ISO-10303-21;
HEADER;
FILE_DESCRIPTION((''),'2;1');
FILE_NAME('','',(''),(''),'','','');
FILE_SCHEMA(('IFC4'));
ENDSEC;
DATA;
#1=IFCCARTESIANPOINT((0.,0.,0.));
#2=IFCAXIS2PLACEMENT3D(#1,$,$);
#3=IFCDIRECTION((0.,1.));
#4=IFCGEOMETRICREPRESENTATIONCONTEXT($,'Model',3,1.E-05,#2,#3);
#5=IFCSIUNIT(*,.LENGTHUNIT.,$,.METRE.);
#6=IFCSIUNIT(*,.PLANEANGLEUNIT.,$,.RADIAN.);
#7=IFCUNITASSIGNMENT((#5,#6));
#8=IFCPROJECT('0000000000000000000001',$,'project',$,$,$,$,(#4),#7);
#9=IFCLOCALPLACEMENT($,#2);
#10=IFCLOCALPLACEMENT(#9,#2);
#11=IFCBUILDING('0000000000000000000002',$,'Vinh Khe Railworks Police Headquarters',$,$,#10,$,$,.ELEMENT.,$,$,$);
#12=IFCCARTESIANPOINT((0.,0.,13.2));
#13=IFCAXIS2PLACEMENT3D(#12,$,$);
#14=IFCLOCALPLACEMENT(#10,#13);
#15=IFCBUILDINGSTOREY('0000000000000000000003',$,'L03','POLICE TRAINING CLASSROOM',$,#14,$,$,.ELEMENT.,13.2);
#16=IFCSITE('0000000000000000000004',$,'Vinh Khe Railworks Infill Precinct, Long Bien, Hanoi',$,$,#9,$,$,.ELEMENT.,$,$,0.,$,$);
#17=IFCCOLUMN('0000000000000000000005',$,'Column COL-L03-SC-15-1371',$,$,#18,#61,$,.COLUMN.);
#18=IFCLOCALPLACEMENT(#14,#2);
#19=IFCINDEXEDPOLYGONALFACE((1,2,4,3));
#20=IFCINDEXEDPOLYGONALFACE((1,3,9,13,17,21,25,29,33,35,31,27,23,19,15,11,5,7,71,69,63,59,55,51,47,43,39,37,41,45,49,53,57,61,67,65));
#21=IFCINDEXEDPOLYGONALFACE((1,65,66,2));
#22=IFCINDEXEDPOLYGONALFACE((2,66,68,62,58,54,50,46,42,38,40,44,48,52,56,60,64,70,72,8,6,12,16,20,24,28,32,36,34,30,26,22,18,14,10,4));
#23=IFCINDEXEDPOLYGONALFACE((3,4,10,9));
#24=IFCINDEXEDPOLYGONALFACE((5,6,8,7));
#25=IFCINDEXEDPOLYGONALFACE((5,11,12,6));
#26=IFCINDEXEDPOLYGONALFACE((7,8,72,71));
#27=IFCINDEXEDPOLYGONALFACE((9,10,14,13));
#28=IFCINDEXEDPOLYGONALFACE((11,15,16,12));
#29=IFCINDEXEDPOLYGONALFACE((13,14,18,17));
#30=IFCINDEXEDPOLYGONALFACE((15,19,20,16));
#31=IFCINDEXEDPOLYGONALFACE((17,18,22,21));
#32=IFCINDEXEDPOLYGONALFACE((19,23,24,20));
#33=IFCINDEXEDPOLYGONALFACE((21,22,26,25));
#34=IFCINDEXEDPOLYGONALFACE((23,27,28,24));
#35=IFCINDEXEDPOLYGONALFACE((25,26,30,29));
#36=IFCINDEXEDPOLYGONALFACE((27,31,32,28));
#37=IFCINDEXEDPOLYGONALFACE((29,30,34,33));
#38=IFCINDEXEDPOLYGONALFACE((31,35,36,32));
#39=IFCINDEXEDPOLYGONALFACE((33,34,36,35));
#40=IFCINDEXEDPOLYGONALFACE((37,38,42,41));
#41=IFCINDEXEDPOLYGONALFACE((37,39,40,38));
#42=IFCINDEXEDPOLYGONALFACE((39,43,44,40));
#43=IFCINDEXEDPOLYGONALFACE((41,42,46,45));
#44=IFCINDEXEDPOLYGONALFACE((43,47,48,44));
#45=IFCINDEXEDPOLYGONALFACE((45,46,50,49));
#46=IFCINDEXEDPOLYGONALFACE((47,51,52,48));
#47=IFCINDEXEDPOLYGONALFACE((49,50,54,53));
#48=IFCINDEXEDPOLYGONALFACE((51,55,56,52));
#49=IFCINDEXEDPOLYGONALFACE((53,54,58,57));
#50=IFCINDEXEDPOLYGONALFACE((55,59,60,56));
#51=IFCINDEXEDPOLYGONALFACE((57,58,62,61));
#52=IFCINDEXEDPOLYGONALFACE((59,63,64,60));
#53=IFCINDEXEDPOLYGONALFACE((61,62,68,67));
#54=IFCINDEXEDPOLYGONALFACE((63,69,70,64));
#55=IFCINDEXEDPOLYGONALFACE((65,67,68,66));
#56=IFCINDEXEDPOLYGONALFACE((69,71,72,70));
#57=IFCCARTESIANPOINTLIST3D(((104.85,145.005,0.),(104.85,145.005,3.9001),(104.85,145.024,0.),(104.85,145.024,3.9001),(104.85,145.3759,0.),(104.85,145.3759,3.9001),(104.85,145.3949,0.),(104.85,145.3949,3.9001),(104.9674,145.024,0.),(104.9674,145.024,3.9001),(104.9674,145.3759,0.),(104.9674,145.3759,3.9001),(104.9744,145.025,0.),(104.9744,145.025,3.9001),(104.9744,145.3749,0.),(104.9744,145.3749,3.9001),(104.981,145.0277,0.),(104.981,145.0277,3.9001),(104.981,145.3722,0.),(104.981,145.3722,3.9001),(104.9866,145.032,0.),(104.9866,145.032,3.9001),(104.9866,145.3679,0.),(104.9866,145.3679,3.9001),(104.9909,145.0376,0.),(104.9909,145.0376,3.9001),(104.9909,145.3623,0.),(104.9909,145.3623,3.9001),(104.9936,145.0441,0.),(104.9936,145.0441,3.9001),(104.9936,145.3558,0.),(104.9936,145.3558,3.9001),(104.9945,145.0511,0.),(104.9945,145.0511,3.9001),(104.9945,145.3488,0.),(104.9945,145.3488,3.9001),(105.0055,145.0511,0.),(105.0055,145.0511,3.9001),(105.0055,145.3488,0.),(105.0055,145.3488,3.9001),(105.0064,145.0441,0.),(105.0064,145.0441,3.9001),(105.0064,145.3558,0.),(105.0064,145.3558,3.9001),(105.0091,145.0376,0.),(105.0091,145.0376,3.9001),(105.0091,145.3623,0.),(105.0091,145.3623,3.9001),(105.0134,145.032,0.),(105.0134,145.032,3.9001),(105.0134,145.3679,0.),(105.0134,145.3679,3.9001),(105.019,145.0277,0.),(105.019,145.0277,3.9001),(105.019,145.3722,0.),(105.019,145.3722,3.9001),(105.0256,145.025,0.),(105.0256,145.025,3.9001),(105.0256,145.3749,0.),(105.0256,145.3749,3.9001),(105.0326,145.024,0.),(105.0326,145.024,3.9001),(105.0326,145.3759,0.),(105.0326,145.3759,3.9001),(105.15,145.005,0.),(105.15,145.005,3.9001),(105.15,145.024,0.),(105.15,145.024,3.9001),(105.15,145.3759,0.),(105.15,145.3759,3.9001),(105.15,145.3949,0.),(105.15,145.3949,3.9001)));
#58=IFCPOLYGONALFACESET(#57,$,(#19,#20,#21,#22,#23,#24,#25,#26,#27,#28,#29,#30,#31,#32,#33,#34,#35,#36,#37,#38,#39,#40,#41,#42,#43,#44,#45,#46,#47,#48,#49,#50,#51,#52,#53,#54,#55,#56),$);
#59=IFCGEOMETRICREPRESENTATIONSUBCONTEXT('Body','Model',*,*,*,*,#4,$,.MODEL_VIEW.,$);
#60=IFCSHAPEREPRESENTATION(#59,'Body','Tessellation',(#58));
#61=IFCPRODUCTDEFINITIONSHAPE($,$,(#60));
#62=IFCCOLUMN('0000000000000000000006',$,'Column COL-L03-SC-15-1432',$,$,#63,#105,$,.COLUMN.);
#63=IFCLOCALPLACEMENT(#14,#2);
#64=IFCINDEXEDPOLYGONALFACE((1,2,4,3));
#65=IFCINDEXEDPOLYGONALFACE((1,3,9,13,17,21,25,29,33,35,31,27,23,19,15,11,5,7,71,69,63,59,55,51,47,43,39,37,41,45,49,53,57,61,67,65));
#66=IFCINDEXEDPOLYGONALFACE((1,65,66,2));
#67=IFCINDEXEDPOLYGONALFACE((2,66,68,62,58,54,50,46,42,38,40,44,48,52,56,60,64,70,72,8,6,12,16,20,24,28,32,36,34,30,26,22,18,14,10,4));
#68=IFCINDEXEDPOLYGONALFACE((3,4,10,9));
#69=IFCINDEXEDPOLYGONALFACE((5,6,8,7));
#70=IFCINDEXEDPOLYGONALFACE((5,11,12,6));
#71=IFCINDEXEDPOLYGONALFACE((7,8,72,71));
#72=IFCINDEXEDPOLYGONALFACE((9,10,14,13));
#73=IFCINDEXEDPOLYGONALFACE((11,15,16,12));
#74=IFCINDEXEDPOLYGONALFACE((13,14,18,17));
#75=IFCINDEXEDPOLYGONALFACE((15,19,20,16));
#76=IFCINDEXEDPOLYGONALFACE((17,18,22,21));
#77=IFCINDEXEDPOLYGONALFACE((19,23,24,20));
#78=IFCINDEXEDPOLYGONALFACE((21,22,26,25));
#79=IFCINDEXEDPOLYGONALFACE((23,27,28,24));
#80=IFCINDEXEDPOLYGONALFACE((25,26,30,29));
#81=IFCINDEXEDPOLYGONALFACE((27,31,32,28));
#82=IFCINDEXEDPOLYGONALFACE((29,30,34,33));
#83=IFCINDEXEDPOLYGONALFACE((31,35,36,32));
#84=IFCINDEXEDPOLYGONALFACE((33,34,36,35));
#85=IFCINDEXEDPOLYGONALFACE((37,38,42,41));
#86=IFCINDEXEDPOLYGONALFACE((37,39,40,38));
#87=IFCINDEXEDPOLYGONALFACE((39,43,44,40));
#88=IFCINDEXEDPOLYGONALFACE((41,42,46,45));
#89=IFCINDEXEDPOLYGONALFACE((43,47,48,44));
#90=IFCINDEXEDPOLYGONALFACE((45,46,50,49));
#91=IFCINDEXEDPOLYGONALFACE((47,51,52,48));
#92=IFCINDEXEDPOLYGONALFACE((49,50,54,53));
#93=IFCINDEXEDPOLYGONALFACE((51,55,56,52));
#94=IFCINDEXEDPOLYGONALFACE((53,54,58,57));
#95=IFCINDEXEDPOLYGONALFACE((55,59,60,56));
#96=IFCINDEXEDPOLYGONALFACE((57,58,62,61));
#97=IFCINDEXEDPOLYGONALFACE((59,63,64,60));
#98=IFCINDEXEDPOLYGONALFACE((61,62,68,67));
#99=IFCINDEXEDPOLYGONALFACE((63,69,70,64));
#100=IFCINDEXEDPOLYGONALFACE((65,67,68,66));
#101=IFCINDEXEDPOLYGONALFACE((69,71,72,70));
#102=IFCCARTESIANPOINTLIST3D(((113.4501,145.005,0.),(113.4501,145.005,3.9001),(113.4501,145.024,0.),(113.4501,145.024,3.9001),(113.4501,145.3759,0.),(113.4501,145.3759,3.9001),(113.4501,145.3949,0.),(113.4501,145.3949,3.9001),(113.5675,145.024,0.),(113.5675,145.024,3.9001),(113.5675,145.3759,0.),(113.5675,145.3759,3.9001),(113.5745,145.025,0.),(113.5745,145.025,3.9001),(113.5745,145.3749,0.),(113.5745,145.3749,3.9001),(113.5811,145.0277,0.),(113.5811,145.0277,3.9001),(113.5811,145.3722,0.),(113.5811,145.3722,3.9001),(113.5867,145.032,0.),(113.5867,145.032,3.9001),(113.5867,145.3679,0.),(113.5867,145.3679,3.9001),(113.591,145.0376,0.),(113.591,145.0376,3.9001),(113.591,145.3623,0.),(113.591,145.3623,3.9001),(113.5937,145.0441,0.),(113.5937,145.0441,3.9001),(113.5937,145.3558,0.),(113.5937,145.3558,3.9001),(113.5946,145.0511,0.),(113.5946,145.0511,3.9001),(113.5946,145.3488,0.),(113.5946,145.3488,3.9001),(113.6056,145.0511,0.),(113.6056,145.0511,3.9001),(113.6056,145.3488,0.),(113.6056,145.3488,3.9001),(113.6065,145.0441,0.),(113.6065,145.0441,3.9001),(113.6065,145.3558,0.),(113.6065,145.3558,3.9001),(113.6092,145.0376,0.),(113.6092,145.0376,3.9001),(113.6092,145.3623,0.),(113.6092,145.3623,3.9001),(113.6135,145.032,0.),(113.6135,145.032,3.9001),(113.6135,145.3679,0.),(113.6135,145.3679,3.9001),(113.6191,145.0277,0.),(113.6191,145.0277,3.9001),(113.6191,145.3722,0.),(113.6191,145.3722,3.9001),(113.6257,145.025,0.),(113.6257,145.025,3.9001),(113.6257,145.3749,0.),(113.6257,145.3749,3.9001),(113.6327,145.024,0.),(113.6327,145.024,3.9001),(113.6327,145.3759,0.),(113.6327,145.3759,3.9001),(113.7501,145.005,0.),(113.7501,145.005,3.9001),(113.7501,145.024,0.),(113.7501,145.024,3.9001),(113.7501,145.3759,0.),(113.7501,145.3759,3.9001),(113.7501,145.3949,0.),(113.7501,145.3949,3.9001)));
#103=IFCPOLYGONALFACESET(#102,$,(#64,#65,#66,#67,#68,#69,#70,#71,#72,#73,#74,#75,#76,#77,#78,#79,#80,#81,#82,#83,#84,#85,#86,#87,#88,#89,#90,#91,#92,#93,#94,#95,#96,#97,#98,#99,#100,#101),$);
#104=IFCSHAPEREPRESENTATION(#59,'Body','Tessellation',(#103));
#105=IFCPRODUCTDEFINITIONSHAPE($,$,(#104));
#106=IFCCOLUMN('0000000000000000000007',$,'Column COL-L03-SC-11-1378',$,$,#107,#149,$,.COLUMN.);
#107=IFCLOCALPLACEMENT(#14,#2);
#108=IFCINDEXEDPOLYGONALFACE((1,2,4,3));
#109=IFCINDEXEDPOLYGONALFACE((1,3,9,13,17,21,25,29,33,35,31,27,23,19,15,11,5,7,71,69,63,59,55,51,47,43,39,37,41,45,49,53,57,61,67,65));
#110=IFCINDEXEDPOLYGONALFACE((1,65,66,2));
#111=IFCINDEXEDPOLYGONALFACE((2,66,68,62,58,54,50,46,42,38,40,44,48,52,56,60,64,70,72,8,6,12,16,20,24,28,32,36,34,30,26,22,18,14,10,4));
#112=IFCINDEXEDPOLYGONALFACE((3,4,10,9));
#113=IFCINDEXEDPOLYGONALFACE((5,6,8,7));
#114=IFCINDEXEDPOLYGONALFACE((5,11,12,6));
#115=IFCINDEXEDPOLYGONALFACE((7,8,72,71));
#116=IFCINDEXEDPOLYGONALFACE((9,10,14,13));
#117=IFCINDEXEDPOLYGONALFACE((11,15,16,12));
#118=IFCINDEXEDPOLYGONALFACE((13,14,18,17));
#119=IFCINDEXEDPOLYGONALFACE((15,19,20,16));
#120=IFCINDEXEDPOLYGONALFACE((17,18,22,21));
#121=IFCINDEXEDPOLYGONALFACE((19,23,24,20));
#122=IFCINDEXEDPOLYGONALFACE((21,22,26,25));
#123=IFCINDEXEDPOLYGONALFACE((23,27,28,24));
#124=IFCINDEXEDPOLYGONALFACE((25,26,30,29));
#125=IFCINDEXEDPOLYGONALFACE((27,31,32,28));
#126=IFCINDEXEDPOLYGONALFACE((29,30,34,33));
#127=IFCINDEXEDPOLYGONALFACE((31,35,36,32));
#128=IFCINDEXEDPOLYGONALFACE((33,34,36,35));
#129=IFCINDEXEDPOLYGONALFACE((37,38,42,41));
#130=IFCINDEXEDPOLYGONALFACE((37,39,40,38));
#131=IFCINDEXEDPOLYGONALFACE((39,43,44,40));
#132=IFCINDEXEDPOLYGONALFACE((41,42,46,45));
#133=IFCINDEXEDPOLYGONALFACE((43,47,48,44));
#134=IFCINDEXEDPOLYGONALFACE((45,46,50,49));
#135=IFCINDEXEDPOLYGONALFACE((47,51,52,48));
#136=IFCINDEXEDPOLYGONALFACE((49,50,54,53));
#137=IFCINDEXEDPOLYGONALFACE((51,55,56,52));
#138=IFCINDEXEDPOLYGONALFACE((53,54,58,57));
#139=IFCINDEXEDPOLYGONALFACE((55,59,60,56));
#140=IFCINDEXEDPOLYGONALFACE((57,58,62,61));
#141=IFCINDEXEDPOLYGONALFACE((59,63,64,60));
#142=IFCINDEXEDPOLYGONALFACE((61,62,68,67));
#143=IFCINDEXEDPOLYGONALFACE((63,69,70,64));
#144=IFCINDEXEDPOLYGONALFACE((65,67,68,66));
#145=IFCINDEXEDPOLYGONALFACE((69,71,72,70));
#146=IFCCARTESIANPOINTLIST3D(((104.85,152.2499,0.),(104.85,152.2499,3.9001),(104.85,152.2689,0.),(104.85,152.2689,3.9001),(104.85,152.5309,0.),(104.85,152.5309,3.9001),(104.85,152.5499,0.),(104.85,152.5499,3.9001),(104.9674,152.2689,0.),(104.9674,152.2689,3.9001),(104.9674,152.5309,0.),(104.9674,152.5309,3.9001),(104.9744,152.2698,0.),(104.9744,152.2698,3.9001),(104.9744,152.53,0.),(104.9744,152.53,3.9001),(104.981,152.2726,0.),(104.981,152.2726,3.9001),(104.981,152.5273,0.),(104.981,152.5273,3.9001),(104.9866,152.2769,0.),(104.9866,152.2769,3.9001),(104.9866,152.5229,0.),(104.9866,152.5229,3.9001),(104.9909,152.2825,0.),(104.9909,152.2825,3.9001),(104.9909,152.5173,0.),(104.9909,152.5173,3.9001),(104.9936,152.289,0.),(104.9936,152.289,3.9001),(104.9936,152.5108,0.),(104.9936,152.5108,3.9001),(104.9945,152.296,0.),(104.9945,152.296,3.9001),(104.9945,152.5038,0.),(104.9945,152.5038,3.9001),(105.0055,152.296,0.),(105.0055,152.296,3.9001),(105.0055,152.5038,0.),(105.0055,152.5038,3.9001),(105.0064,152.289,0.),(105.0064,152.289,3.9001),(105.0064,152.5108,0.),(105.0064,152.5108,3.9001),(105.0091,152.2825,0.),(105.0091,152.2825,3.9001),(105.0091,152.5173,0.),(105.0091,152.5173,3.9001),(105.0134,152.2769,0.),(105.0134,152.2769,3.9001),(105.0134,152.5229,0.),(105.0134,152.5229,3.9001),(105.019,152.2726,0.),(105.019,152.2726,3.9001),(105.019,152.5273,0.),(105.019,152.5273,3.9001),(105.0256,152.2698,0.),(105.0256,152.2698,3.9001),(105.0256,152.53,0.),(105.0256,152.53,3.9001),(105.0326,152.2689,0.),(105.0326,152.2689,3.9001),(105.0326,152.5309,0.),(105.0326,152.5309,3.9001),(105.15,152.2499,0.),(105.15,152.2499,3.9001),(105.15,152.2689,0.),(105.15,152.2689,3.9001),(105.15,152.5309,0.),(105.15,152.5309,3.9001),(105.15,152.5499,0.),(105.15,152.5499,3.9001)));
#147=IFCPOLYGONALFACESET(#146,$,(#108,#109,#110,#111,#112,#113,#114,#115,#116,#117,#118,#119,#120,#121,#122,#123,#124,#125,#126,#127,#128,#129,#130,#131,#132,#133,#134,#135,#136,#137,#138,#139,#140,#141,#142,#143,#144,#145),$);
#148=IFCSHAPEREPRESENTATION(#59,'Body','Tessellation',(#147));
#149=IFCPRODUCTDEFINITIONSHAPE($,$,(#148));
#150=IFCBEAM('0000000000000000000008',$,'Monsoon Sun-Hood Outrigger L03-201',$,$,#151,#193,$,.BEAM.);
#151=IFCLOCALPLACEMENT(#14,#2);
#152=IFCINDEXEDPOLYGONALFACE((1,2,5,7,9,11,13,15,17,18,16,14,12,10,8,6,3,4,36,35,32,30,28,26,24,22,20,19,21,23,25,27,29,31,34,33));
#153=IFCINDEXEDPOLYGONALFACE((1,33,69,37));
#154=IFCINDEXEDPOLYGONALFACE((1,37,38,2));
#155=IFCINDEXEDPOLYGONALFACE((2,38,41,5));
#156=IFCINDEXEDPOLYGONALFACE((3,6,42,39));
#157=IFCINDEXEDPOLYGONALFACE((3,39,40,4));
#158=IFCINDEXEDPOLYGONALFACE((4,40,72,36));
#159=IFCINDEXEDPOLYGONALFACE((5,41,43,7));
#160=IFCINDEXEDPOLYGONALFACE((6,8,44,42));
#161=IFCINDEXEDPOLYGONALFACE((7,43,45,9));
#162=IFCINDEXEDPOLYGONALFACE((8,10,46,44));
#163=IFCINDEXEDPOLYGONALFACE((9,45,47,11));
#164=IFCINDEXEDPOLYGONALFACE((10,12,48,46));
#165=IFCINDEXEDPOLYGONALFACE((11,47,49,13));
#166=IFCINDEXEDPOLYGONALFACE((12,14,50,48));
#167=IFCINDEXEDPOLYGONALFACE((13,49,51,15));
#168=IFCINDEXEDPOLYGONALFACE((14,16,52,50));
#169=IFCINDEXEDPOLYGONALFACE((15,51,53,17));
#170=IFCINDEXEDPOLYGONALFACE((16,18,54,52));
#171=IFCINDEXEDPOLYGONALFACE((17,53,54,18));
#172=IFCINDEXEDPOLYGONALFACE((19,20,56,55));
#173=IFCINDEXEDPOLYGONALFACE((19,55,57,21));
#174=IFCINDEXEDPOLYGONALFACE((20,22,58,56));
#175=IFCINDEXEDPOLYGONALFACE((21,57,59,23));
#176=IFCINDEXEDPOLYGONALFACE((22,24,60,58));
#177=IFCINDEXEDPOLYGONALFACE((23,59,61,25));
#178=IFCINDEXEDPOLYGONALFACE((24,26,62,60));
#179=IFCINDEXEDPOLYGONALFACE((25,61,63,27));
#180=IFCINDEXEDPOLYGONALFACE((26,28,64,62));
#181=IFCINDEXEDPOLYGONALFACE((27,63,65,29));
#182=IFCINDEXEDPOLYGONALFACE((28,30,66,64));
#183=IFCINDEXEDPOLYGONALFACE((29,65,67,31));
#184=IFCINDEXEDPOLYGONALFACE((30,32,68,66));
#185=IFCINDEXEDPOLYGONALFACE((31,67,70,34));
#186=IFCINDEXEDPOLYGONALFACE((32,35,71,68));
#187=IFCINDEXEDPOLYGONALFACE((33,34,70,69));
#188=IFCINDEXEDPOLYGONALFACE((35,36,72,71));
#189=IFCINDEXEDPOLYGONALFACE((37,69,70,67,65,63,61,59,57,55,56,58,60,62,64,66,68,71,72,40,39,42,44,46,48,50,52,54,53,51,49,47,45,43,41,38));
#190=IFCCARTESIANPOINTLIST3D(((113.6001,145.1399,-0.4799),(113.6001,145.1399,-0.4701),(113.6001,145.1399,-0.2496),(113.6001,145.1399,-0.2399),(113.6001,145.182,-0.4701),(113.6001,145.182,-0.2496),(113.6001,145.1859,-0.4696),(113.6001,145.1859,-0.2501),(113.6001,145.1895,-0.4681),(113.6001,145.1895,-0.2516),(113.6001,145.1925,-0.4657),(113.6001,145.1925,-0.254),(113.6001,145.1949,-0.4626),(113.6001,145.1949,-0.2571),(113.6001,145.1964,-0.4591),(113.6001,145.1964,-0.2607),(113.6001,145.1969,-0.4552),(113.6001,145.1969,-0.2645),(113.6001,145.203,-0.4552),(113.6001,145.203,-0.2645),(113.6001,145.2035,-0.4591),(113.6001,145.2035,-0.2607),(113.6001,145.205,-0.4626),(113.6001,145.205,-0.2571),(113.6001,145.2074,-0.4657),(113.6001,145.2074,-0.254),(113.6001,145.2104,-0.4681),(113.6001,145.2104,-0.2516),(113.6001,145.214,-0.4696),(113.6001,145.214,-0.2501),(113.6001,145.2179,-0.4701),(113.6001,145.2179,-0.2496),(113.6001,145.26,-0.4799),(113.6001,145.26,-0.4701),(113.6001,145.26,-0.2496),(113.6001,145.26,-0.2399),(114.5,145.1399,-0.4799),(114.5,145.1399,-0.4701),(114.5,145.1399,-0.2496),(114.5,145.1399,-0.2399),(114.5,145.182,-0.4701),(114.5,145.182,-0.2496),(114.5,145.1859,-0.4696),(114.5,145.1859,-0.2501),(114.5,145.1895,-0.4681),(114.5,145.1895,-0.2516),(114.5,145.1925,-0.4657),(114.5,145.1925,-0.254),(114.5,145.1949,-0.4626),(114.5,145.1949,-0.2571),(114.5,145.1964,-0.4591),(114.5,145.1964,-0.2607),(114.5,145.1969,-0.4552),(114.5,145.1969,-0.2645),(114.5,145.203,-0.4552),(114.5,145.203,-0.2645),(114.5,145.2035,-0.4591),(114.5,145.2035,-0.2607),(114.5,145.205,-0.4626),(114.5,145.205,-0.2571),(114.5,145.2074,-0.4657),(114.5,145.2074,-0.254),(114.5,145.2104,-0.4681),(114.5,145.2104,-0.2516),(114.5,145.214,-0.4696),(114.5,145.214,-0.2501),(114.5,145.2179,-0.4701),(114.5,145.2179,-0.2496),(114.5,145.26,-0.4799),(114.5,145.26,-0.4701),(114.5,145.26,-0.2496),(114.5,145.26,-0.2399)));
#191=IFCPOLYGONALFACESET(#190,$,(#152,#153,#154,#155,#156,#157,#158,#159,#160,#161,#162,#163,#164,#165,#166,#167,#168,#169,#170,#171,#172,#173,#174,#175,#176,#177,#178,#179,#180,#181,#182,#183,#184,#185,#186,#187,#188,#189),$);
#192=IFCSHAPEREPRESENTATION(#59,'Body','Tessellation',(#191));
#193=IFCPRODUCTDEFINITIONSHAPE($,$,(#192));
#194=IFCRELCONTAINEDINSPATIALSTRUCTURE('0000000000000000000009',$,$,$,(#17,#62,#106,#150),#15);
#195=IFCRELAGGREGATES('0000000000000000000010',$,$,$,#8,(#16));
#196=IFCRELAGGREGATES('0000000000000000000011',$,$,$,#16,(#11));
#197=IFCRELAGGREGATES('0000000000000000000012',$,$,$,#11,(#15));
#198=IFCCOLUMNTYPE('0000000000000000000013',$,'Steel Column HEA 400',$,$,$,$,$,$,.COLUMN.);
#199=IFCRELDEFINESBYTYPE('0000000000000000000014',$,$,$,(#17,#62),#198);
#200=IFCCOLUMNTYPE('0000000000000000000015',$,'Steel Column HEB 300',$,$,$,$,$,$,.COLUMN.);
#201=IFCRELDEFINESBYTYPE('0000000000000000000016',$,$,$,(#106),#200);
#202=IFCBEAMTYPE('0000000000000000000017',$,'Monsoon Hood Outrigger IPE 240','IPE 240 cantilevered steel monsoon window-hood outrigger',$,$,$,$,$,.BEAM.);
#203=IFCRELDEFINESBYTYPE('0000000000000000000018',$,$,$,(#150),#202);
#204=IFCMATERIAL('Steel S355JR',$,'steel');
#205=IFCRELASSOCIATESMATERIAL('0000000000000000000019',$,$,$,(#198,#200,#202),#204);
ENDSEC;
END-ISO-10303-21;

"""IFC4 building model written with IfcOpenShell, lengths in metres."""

from ifc_helpers import new_model, si_unit, direction, frame, origin, origin_2d, place, context, subcontext, project, spatial, i_section, extrude, material, material_profile, profile_set, type_object, element, save


model = new_model("IFC4")

# Units and contexts
model_context = context("Model", 3, precision=1e-05, world=origin(), true_north=direction((0.0, 1.0)))
body_context = subcontext(model_context, "Body", "Model", "MODEL_VIEW")
ifc_project = project(units=[si_unit("LENGTHUNIT", "METRE"), si_unit("PLANEANGLEUNIT", "RADIAN")], contexts=[model_context])

# Site, building, storey
site_placement = place(None, origin())
site = spatial("IfcSite", under=ifc_project, at=site_placement, Name="Vinh Khe Railworks Infill Precinct, Long Bien, Hanoi", CompositionType="ELEMENT", RefElevation=0.0)
building_placement = place(site_placement, origin())
building = spatial("IfcBuilding", under=site, at=building_placement, Name="Vinh Khe Railworks Police Headquarters", CompositionType="ELEMENT")
storey_placement = place(building_placement, frame((0.0, 0.0, 13.2)))
storey = spatial("IfcBuildingStorey", under=building, at=storey_placement, Name="L03", Description="POLICE TRAINING CLASSROOM", CompositionType="ELEMENT", Elevation=13.2)

# Columns
ifc_material_1 = material(Name="Steel S355JR", Category="steel")
ifc_material_profile_1 = material_profile(ifc_material_1, i_section(OverallWidth=0.3, OverallDepth=0.3899, WebThickness=0.011, FlangeThickness=0.019, FilletRadius=0.0271, at=origin_2d()), Name="HEA 400")
ifc_profile_set_1 = profile_set([ifc_material_profile_1], Name="Steel S355JR")
column_type_1 = type_object("IfcColumnType", Name="Steel Column HEA 400", PredefinedType="COLUMN", material=ifc_profile_set_1)
for number, where, z_axis, x_axis, name in (
    (1, (105.0, 145.2, 0.0), (0.0, 0.0, 1.0), (1.0, 0.0, 0.0), "Column COL-L03-SC-15-1371"),
    (2, (113.6001, 145.2, 0.0), (0.0, 0.0, 1.0), (1.0, 0.0, 0.0), "Column COL-L03-SC-15-1432"),
):
    element("IfcColumn", number, at=place(storey_placement, frame(where, z_axis=z_axis, x_axis=x_axis)), inside=storey, type_object=column_type_1, Name=name, PredefinedType="COLUMN", context=body_context, shape_type="SweptSolid", body=[
        extrude(i_section(OverallWidth=0.3, OverallDepth=0.3899, WebThickness=0.011, FlangeThickness=0.019, FilletRadius=0.0271, at=origin_2d()), origin(), (0.0, 0.0, 1.0), 3.9001),
    ])
ifc_material_profile_2 = material_profile(ifc_material_1, i_section(OverallWidth=0.3, OverallDepth=0.3, WebThickness=0.011, FlangeThickness=0.019, FilletRadius=0.0271, at=origin_2d()), Name="HEB 300")
ifc_profile_set_2 = profile_set([ifc_material_profile_2], Name="Steel S355JR")
column_type_2 = type_object("IfcColumnType", Name="Steel Column HEB 300", PredefinedType="COLUMN", material=ifc_profile_set_2)
column_placement = place(storey_placement, frame((105.0, 152.3999, 0.0), z_axis=(0.0, 0.0, 1.0), x_axis=(1.0, 0.0, 0.0)))
element("IfcColumn", 3, at=column_placement, inside=storey, type_object=column_type_2, Name="Column COL-L03-SC-11-1378", PredefinedType="COLUMN", context=body_context, shape_type="SweptSolid", body=[
    extrude(i_section(OverallWidth=0.3, OverallDepth=0.3, WebThickness=0.011, FlangeThickness=0.019, FilletRadius=0.0271, at=origin_2d()), origin(), (0.0, 0.0, 1.0), 3.9001),
])

# Beam
ifc_material_profile_3 = material_profile(ifc_material_1, i_section(OverallWidth=0.1201, OverallDepth=0.24, WebThickness=0.0061, FlangeThickness=0.0098, FilletRadius=0.0149, at=origin_2d()), Name="IPE 240")
ifc_profile_set_3 = profile_set([ifc_material_profile_3], Name="Steel S355JR")
beam_type_1 = type_object("IfcBeamType", Name="Monsoon Hood Outrigger IPE 240", Description="IPE 240 cantilevered steel monsoon window-hood outrigger", PredefinedType="BEAM", material=ifc_profile_set_3)
beam_1_placement = place(storey_placement, frame((113.6001, 145.2, -0.3599), z_axis=(1.0, 0.0, 0.0), x_axis=(0.0, 1.0, 0.0)))
element("IfcBeam", 4, at=beam_1_placement, inside=storey, type_object=beam_type_1, Name="Monsoon Sun-Hood Outrigger L03-201", PredefinedType="BEAM", context=body_context, shape_type="SweptSolid", body=[
    extrude(i_section(OverallWidth=0.1201, OverallDepth=0.24, WebThickness=0.0061, FlangeThickness=0.0098, FilletRadius=0.0149, at=origin_2d()), origin(), (0.0, 0.0, 1.0), 0.8999),
])

save(model, "model.ifc")
